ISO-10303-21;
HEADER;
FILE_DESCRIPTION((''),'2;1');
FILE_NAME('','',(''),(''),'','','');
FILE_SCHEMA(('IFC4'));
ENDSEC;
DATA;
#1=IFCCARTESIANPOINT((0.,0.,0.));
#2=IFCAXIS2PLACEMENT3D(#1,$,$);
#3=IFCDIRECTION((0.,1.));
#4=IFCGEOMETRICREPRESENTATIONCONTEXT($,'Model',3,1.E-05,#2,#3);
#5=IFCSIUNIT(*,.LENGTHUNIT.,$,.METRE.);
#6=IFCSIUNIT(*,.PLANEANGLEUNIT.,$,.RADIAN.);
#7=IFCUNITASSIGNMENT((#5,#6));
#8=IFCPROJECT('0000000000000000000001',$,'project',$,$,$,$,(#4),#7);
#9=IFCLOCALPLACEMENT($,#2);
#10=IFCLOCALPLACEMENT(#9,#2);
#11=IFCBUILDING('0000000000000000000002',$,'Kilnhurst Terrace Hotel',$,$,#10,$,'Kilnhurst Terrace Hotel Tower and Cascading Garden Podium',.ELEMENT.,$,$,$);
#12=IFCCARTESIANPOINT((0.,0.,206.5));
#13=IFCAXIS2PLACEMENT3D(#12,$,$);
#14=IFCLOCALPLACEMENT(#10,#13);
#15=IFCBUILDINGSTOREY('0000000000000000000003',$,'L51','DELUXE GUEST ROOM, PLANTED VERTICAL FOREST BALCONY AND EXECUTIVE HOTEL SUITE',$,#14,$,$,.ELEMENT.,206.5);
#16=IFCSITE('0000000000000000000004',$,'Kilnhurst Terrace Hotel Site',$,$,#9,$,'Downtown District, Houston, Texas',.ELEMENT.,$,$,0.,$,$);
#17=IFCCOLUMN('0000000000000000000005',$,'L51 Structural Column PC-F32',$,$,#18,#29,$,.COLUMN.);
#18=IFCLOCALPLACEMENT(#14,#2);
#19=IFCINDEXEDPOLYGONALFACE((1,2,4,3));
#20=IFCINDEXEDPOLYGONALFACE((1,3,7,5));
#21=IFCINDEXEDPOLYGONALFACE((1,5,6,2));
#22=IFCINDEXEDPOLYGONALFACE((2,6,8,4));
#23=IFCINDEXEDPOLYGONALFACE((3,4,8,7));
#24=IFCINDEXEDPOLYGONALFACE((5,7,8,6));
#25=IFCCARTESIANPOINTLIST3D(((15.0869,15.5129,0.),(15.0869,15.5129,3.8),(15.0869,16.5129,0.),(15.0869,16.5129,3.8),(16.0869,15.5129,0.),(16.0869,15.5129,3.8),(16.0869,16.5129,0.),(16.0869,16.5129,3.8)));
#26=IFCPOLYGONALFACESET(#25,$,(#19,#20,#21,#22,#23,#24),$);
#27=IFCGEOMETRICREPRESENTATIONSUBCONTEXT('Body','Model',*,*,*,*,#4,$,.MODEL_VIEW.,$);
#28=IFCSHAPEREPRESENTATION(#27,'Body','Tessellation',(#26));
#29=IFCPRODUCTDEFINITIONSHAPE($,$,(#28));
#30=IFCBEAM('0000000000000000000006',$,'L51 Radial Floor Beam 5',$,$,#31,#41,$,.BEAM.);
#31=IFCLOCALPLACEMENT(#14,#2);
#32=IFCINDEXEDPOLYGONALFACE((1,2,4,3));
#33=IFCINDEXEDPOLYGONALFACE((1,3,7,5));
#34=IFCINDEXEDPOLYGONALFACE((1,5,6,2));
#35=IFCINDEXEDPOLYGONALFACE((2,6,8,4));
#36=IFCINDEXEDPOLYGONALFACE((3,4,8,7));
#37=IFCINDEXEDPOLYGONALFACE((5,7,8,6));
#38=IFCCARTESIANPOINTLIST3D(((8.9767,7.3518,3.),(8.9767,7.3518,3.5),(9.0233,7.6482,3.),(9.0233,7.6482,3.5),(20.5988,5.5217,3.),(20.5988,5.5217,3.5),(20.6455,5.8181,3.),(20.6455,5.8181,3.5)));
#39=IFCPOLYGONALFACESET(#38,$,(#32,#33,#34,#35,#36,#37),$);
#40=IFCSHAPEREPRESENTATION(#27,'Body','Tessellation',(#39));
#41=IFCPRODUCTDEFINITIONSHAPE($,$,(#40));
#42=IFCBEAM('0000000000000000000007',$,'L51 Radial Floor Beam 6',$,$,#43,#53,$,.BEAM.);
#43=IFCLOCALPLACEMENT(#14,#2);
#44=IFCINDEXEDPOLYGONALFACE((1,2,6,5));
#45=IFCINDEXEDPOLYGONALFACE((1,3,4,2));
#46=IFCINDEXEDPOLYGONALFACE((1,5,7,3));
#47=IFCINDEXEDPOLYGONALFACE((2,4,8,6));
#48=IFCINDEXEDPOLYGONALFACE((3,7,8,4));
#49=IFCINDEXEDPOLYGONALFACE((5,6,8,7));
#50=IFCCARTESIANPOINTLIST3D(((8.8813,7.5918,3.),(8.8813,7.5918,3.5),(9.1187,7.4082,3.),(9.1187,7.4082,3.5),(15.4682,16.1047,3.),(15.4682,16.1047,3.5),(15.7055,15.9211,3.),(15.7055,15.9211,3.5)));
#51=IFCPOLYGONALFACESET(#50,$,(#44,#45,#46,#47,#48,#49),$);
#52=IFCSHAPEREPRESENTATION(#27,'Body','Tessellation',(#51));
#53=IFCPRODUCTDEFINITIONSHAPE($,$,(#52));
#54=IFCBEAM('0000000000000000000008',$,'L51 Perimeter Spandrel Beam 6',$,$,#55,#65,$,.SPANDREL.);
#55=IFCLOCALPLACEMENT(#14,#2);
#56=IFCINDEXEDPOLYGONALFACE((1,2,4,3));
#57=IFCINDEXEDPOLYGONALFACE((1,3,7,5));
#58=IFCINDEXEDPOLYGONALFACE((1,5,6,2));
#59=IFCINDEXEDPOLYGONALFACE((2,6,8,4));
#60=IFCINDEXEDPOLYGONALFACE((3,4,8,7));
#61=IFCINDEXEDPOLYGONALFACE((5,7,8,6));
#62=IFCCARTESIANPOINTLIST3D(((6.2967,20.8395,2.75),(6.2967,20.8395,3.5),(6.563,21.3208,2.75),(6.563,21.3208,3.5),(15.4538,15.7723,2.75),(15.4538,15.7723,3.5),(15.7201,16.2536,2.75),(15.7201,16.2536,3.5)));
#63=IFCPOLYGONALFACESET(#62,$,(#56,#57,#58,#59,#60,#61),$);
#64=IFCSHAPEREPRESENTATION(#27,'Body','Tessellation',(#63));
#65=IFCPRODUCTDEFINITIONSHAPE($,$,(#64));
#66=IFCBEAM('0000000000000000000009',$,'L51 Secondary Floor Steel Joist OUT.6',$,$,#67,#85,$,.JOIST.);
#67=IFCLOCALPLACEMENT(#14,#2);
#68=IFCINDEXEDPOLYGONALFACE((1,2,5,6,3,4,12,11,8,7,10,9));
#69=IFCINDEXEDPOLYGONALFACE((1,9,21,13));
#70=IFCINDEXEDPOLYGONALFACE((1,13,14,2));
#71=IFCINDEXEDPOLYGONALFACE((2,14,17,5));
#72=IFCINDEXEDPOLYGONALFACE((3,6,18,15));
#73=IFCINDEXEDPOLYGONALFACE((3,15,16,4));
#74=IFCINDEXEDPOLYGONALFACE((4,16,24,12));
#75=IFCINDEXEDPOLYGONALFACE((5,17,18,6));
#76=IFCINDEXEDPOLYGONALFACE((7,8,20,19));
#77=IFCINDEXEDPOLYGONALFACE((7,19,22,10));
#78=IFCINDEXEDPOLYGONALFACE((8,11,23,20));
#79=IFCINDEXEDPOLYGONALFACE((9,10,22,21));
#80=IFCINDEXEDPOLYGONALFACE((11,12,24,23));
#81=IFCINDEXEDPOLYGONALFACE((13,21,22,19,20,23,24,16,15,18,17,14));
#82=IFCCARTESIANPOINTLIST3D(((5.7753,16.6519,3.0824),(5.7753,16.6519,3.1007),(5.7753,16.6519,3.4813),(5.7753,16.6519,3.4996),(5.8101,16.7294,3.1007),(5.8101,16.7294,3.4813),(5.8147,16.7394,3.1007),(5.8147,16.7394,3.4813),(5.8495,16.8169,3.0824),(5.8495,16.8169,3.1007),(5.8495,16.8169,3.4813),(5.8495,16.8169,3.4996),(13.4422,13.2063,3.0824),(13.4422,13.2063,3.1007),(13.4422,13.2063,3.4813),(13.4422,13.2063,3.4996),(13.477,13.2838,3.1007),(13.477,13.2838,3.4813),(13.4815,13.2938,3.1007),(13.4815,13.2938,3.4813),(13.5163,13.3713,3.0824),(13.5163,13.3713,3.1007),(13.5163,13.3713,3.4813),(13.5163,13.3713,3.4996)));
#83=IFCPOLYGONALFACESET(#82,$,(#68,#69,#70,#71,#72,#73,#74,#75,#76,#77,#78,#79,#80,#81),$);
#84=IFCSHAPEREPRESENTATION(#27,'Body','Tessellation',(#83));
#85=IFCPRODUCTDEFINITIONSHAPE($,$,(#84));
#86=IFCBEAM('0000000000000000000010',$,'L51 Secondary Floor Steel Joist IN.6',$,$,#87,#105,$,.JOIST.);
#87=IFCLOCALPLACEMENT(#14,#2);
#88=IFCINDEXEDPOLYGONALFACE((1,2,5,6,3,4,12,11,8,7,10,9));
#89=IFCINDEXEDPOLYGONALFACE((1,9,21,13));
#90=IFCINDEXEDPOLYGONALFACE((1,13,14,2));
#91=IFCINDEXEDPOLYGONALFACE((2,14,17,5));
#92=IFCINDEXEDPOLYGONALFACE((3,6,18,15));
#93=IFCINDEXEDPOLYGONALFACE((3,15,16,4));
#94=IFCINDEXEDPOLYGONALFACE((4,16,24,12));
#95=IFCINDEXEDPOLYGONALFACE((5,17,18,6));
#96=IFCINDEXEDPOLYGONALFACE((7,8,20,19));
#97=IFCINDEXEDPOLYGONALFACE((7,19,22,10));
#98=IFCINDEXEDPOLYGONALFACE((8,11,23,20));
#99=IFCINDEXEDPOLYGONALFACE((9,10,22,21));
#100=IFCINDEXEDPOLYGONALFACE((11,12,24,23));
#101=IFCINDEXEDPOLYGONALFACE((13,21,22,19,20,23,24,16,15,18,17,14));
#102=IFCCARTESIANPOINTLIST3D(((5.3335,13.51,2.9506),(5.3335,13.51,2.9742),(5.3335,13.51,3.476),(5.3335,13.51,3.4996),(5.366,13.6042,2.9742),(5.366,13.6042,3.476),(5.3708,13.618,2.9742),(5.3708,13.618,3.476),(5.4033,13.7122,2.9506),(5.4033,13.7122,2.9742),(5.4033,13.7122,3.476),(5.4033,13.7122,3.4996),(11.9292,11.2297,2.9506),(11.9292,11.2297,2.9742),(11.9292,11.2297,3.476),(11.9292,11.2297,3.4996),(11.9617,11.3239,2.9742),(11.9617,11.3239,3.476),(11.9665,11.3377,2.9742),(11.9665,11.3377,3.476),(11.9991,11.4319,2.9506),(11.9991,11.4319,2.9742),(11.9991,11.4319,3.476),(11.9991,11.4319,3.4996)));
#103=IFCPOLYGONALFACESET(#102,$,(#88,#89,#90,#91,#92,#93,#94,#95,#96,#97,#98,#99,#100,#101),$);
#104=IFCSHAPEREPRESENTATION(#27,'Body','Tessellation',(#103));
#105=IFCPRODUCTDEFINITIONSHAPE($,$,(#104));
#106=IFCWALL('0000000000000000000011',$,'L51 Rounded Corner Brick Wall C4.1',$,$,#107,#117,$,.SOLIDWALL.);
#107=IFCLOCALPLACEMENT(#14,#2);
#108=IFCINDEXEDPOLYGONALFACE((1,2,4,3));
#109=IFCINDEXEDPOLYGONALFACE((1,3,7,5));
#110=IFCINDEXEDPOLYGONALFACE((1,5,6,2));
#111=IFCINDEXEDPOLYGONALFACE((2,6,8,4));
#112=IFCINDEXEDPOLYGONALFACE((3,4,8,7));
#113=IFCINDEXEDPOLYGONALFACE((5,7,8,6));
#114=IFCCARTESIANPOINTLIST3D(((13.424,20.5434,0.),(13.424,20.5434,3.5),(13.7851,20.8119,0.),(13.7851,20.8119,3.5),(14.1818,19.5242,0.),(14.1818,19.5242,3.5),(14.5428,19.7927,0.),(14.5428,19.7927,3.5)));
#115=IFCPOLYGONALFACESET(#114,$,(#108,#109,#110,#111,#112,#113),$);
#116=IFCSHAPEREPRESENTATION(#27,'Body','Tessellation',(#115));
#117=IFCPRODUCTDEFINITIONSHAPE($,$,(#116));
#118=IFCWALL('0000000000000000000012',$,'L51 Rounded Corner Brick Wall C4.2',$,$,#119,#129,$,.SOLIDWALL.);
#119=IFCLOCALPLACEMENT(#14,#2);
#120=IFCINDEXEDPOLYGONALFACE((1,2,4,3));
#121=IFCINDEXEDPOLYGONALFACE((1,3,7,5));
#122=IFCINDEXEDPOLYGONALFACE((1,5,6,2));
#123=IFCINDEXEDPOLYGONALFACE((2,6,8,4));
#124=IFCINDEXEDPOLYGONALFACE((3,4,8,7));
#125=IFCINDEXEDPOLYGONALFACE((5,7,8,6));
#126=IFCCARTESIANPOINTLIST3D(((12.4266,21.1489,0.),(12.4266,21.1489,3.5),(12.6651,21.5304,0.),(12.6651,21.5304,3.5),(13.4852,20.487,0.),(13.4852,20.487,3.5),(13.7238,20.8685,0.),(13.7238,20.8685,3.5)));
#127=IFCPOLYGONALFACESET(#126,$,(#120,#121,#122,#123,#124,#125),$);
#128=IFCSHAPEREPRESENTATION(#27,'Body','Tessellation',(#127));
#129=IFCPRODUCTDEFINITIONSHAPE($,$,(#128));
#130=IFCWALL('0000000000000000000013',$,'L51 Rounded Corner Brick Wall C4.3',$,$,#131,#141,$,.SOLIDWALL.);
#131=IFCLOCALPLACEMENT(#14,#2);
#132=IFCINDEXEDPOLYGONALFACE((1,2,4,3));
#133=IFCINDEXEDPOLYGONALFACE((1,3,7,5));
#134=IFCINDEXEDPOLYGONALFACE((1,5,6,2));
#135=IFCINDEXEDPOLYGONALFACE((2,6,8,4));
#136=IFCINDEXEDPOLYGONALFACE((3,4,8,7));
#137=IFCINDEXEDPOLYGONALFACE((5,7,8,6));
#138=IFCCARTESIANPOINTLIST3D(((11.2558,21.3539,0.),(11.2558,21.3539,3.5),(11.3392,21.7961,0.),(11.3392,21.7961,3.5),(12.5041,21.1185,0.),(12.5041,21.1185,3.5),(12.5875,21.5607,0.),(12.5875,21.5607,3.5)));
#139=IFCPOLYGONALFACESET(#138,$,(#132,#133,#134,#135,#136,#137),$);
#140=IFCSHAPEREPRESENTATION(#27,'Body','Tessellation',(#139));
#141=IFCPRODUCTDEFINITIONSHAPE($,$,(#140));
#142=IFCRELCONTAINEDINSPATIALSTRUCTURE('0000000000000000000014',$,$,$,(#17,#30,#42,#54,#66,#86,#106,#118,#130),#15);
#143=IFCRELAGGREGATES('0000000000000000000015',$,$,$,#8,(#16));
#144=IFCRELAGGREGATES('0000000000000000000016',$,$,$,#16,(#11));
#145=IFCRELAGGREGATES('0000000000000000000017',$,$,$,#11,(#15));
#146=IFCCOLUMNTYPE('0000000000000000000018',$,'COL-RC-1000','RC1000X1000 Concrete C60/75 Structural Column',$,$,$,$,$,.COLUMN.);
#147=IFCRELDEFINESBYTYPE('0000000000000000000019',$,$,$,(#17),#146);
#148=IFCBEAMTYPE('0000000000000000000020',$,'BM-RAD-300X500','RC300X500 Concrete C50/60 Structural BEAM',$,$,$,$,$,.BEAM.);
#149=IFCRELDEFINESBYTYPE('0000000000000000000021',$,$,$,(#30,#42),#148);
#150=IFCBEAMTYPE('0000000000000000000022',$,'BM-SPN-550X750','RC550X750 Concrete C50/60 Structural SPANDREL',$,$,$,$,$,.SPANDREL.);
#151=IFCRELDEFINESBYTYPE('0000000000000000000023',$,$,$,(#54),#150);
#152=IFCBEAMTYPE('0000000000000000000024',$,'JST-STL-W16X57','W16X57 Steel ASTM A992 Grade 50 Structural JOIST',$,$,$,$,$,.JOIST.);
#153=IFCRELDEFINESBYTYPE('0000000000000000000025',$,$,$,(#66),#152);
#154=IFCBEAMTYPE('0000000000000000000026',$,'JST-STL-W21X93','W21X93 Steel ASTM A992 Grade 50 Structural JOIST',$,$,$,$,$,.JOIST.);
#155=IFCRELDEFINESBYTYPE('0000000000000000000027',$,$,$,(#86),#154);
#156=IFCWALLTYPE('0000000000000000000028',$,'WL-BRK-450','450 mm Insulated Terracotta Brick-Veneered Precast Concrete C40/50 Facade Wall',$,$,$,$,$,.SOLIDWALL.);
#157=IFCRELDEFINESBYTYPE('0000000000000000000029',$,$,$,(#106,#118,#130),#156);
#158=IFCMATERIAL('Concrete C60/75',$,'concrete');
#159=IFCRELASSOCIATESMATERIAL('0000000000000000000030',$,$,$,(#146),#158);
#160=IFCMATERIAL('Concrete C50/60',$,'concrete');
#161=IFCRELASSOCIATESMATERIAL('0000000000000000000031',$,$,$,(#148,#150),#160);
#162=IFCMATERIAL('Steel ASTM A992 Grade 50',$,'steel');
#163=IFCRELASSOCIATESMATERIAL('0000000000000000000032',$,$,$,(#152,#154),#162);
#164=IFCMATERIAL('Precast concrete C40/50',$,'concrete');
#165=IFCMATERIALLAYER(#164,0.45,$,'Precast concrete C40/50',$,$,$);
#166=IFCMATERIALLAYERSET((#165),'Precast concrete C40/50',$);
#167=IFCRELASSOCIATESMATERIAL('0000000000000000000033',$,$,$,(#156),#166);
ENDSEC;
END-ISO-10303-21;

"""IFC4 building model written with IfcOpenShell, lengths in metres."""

from ifc_helpers import new_model, si_unit, direction, frame, frame_2d, origin, origin_2d, place, context, subcontext, project, spatial, rectangle, i_section, extrude, material, layer, layer_set, material_profile, profile_set, type_object, element, save


model = new_model("IFC4")

# Units and contexts
model_context = context("Model", 3, precision=1e-05, world=origin(), true_north=direction((0.0, 1.0)))
body_context = subcontext(model_context, "Body", "Model", "MODEL_VIEW")
ifc_project = project(units=[si_unit("LENGTHUNIT", "METRE"), si_unit("PLANEANGLEUNIT", "RADIAN")], contexts=[model_context])

# Site, building, storey
site_placement = place(None, origin())
site = spatial("IfcSite", under=ifc_project, at=site_placement, Name="Kilnhurst Terrace Hotel Site", LongName="Downtown District, Houston, Texas", CompositionType="ELEMENT", RefElevation=0.0)
building_placement = place(site_placement, origin())
building = spatial("IfcBuilding", under=site, at=building_placement, Name="Kilnhurst Terrace Hotel", LongName="Kilnhurst Terrace Hotel Tower and Cascading Garden Podium", CompositionType="ELEMENT")
storey_placement = place(building_placement, frame((0.0, 0.0, 206.5)))
storey = spatial("IfcBuildingStorey", under=building, at=storey_placement, Name="L51", Description="DELUXE GUEST ROOM, PLANTED VERTICAL FOREST BALCONY AND EXECUTIVE HOTEL SUITE", CompositionType="ELEMENT", Elevation=206.5)

# Column
ifc_material_1 = material(Name="Concrete C60/75", Category="concrete")
ifc_material_profile_1 = material_profile(ifc_material_1, rectangle(XDim=1.0, YDim=1.0, at=origin_2d()), Name="RC1000X1000")
ifc_profile_set_1 = profile_set([ifc_material_profile_1], Name="Concrete C60/75")
column_type = type_object("IfcColumnType", Name="COL-RC-1000", Description="RC1000X1000 Concrete C60/75 Structural Column", PredefinedType="COLUMN", material=ifc_profile_set_1)
column_placement = place(storey_placement, frame((15.5869, 16.0129, 0.0), z_axis=(0.0, 0.0, 1.0), x_axis=(1.0, 0.0, 0.0)))
element("IfcColumn", 1, at=column_placement, inside=storey, type_object=column_type, Name="L51 Structural Column PC-F32", PredefinedType="COLUMN", context=body_context, shape_type="SweptSolid", body=[
    extrude(rectangle(XDim=1.0, YDim=1.0, at=origin_2d()), origin(), (0.0, 0.0, 1.0), 3.8),
])

# Beams
ifc_material_2 = material(Name="Concrete C50/60", Category="concrete")
ifc_material_profile_2 = material_profile(ifc_material_2, rectangle(XDim=0.3, YDim=0.5, at=origin_2d()), Name="RC300X500")
ifc_profile_set_2 = profile_set([ifc_material_profile_2], Name="Concrete C50/60")
beam_type_1 = type_object("IfcBeamType", Name="BM-RAD-300X500", Description="RC300X500 Concrete C50/60 Structural BEAM", PredefinedType="BEAM", material=ifc_profile_set_2)
beam_1_placement = place(storey_placement, frame((9.0, 7.5, 3.25), z_axis=(0.987828, -0.155549, 0.0), x_axis=(0.155549, 0.987828, 0.0)))
element("IfcBeam", 2, at=beam_1_placement, inside=storey, type_object=beam_type_1, Name="L51 Radial Floor Beam 5", PredefinedType="BEAM", context=body_context, shape_type="SweptSolid", body=[
    extrude(rectangle(XDim=0.3, YDim=0.5, at=origin_2d()), origin(), (0.0, 0.0, 1.0), 11.7654),
])
beam_2_placement = place(storey_placement, frame((9.0, 7.5, 3.25), z_axis=(0.611955, 0.790892, 0.0), x_axis=(-0.790892, 0.611955, 0.0)))
element("IfcBeam", 3, at=beam_2_placement, inside=storey, type_object=beam_type_1, Name="L51 Radial Floor Beam 6", PredefinedType="BEAM", context=body_context, shape_type="SweptSolid", body=[
    extrude(rectangle(XDim=0.3, YDim=0.5, at=origin_2d()), origin(), (0.0, 0.0, 1.0), 10.7637),
])
ifc_material_profile_3 = material_profile(ifc_material_2, rectangle(XDim=0.55, YDim=0.75, at=origin_2d()), Name="RC550X750")
ifc_profile_set_3 = profile_set([ifc_material_profile_3], Name="Concrete C50/60")
beam_type_2 = type_object("IfcBeamType", Name="BM-SPN-550X750", Description="RC550X750 Concrete C50/60 Structural SPANDREL", PredefinedType="SPANDREL", material=ifc_profile_set_3)
beam_3_placement = place(storey_placement, frame((15.5869, 16.0129, 3.125), z_axis=(-0.87497, 0.484177, 0.0), x_axis=(-0.484177, -0.87497, 0.0)))
element("IfcBeam", 4, at=beam_3_placement, inside=storey, type_object=beam_type_2, Name="L51 Perimeter Spandrel Beam 6", PredefinedType="SPANDREL", context=body_context, shape_type="SweptSolid", body=[
    extrude(rectangle(XDim=0.55, YDim=0.75, at=origin_2d()), origin(), (0.0, 0.0, 1.0), 10.4656),
])
ifc_material_3 = material(Name="Steel ASTM A992 Grade 50", Category="steel")
ifc_material_profile_4 = material_profile(ifc_material_3, i_section(OverallWidth=0.1809, OverallDepth=0.4172, WebThickness=0.011, FlangeThickness=0.0183, at=origin_2d()), Name="W16X57")
ifc_profile_set_4 = profile_set([ifc_material_profile_4], Name="Steel ASTM A992 Grade 50")
beam_type_3 = type_object("IfcBeamType", Name="JST-STL-W16X57", Description="W16X57 Steel ASTM A992 Grade 50 Structural JOIST", PredefinedType="JOIST", material=ifc_profile_set_4)
beam_4_placement = place(storey_placement, frame((13.4792, 13.2888, 3.291), z_axis=(-0.912121, 0.409921, 0.0), x_axis=(-0.409921, -0.912121, 0.0)))
element("IfcBeam", 5, at=beam_4_placement, inside=storey, type_object=beam_type_3, Name="L51 Secondary Floor Steel Joist OUT.6", PredefinedType="JOIST", context=body_context, shape_type="SweptSolid", body=[
    extrude(i_section(OverallWidth=0.1809, OverallDepth=0.4172, WebThickness=0.011, FlangeThickness=0.0183, at=origin_2d()), origin(), (0.0, 0.0, 1.0), 8.4055),
])
ifc_material_profile_5 = material_profile(ifc_material_3, i_section(OverallWidth=0.2139, OverallDepth=0.5491, WebThickness=0.0146, FlangeThickness=0.0237, at=origin_2d()), Name="W21X93")
ifc_profile_set_5 = profile_set([ifc_material_profile_5], Name="Steel ASTM A992 Grade 50")
beam_type_4 = type_object("IfcBeamType", Name="JST-STL-W21X93", Description="W21X93 Steel ASTM A992 Grade 50 Structural JOIST", PredefinedType="JOIST", material=ifc_profile_set_5)
beam_5_placement = place(storey_placement, frame((11.9641, 11.3308, 3.2251), z_axis=(-0.945112, 0.326745, 0.0), x_axis=(-0.326745, -0.945112, 0.0)))
element("IfcBeam", 6, at=beam_5_placement, inside=storey, type_object=beam_type_4, Name="L51 Secondary Floor Steel Joist IN.6", PredefinedType="JOIST", context=body_context, shape_type="SweptSolid", body=[
    extrude(i_section(OverallWidth=0.2139, OverallDepth=0.5491, WebThickness=0.0146, FlangeThickness=0.0237, at=origin_2d()), origin(), (0.0, 0.0, 1.0), 6.9788),
])

# Walls
ifc_material_4 = material(Name="Precast concrete C40/50", Category="concrete")
ifc_layer_1 = layer(ifc_material_4, 0.45, Name="Precast concrete C40/50")
ifc_layer_set_1 = layer_set([ifc_layer_1], Name="Precast concrete C40/50")
wall_type_1 = type_object("IfcWallType", Name="WL-BRK-450", Description="450 mm Insulated Terracotta Brick-Veneered Precast Concrete C40/50 Facade Wall", PredefinedType="SOLIDWALL", material=ifc_layer_set_1)
wall_1_placement = place(storey_placement, frame((14.3623, 19.6584, 0.0), z_axis=(0.0, 0.0, 1.0), x_axis=(-0.596642, 0.802507, 0.0)))
element("IfcWall", 7, at=wall_1_placement, inside=storey, type_object=wall_type_1, Name="L51 Rounded Corner Brick Wall C4.1", PredefinedType="SOLIDWALL", context=body_context, shape_type="SweptSolid", body=[
    extrude(rectangle(XDim=1.27, YDim=0.45, at=frame_2d((0.635, 0.0))), origin(), (0.0, 0.0, 1.0), 3.5),
])
wall_2_placement = place(storey_placement, frame((13.6045, 20.6777, 0.0), z_axis=(0.0, 0.0, 1.0), x_axis=(-0.84791, 0.53014, 0.0)))
element("IfcWall", 8, at=wall_2_placement, inside=storey, type_object=wall_type_1, Name="L51 Rounded Corner Brick Wall C4.2", PredefinedType="SOLIDWALL", context=body_context, shape_type="SweptSolid", body=[
    extrude(rectangle(XDim=1.2485, YDim=0.45, at=frame_2d((0.6243, 0.0))), origin(), (0.0, 0.0, 1.0), 3.5),
])
wall_3_placement = place(storey_placement, frame((12.5459, 21.3396, 0.0), z_axis=(0.0, 0.0, 1.0), x_axis=(-0.982687, 0.185275, 0.0)))
element("IfcWall", 9, at=wall_3_placement, inside=storey, type_object=wall_type_1, Name="L51 Rounded Corner Brick Wall C4.3", PredefinedType="SOLIDWALL", context=body_context, shape_type="SweptSolid", body=[
    extrude(rectangle(XDim=1.2703, YDim=0.45, at=frame_2d((0.6353, 0.0))), origin(), (0.0, 0.0, 1.0), 3.5),
])

save(model, "model.ifc")
